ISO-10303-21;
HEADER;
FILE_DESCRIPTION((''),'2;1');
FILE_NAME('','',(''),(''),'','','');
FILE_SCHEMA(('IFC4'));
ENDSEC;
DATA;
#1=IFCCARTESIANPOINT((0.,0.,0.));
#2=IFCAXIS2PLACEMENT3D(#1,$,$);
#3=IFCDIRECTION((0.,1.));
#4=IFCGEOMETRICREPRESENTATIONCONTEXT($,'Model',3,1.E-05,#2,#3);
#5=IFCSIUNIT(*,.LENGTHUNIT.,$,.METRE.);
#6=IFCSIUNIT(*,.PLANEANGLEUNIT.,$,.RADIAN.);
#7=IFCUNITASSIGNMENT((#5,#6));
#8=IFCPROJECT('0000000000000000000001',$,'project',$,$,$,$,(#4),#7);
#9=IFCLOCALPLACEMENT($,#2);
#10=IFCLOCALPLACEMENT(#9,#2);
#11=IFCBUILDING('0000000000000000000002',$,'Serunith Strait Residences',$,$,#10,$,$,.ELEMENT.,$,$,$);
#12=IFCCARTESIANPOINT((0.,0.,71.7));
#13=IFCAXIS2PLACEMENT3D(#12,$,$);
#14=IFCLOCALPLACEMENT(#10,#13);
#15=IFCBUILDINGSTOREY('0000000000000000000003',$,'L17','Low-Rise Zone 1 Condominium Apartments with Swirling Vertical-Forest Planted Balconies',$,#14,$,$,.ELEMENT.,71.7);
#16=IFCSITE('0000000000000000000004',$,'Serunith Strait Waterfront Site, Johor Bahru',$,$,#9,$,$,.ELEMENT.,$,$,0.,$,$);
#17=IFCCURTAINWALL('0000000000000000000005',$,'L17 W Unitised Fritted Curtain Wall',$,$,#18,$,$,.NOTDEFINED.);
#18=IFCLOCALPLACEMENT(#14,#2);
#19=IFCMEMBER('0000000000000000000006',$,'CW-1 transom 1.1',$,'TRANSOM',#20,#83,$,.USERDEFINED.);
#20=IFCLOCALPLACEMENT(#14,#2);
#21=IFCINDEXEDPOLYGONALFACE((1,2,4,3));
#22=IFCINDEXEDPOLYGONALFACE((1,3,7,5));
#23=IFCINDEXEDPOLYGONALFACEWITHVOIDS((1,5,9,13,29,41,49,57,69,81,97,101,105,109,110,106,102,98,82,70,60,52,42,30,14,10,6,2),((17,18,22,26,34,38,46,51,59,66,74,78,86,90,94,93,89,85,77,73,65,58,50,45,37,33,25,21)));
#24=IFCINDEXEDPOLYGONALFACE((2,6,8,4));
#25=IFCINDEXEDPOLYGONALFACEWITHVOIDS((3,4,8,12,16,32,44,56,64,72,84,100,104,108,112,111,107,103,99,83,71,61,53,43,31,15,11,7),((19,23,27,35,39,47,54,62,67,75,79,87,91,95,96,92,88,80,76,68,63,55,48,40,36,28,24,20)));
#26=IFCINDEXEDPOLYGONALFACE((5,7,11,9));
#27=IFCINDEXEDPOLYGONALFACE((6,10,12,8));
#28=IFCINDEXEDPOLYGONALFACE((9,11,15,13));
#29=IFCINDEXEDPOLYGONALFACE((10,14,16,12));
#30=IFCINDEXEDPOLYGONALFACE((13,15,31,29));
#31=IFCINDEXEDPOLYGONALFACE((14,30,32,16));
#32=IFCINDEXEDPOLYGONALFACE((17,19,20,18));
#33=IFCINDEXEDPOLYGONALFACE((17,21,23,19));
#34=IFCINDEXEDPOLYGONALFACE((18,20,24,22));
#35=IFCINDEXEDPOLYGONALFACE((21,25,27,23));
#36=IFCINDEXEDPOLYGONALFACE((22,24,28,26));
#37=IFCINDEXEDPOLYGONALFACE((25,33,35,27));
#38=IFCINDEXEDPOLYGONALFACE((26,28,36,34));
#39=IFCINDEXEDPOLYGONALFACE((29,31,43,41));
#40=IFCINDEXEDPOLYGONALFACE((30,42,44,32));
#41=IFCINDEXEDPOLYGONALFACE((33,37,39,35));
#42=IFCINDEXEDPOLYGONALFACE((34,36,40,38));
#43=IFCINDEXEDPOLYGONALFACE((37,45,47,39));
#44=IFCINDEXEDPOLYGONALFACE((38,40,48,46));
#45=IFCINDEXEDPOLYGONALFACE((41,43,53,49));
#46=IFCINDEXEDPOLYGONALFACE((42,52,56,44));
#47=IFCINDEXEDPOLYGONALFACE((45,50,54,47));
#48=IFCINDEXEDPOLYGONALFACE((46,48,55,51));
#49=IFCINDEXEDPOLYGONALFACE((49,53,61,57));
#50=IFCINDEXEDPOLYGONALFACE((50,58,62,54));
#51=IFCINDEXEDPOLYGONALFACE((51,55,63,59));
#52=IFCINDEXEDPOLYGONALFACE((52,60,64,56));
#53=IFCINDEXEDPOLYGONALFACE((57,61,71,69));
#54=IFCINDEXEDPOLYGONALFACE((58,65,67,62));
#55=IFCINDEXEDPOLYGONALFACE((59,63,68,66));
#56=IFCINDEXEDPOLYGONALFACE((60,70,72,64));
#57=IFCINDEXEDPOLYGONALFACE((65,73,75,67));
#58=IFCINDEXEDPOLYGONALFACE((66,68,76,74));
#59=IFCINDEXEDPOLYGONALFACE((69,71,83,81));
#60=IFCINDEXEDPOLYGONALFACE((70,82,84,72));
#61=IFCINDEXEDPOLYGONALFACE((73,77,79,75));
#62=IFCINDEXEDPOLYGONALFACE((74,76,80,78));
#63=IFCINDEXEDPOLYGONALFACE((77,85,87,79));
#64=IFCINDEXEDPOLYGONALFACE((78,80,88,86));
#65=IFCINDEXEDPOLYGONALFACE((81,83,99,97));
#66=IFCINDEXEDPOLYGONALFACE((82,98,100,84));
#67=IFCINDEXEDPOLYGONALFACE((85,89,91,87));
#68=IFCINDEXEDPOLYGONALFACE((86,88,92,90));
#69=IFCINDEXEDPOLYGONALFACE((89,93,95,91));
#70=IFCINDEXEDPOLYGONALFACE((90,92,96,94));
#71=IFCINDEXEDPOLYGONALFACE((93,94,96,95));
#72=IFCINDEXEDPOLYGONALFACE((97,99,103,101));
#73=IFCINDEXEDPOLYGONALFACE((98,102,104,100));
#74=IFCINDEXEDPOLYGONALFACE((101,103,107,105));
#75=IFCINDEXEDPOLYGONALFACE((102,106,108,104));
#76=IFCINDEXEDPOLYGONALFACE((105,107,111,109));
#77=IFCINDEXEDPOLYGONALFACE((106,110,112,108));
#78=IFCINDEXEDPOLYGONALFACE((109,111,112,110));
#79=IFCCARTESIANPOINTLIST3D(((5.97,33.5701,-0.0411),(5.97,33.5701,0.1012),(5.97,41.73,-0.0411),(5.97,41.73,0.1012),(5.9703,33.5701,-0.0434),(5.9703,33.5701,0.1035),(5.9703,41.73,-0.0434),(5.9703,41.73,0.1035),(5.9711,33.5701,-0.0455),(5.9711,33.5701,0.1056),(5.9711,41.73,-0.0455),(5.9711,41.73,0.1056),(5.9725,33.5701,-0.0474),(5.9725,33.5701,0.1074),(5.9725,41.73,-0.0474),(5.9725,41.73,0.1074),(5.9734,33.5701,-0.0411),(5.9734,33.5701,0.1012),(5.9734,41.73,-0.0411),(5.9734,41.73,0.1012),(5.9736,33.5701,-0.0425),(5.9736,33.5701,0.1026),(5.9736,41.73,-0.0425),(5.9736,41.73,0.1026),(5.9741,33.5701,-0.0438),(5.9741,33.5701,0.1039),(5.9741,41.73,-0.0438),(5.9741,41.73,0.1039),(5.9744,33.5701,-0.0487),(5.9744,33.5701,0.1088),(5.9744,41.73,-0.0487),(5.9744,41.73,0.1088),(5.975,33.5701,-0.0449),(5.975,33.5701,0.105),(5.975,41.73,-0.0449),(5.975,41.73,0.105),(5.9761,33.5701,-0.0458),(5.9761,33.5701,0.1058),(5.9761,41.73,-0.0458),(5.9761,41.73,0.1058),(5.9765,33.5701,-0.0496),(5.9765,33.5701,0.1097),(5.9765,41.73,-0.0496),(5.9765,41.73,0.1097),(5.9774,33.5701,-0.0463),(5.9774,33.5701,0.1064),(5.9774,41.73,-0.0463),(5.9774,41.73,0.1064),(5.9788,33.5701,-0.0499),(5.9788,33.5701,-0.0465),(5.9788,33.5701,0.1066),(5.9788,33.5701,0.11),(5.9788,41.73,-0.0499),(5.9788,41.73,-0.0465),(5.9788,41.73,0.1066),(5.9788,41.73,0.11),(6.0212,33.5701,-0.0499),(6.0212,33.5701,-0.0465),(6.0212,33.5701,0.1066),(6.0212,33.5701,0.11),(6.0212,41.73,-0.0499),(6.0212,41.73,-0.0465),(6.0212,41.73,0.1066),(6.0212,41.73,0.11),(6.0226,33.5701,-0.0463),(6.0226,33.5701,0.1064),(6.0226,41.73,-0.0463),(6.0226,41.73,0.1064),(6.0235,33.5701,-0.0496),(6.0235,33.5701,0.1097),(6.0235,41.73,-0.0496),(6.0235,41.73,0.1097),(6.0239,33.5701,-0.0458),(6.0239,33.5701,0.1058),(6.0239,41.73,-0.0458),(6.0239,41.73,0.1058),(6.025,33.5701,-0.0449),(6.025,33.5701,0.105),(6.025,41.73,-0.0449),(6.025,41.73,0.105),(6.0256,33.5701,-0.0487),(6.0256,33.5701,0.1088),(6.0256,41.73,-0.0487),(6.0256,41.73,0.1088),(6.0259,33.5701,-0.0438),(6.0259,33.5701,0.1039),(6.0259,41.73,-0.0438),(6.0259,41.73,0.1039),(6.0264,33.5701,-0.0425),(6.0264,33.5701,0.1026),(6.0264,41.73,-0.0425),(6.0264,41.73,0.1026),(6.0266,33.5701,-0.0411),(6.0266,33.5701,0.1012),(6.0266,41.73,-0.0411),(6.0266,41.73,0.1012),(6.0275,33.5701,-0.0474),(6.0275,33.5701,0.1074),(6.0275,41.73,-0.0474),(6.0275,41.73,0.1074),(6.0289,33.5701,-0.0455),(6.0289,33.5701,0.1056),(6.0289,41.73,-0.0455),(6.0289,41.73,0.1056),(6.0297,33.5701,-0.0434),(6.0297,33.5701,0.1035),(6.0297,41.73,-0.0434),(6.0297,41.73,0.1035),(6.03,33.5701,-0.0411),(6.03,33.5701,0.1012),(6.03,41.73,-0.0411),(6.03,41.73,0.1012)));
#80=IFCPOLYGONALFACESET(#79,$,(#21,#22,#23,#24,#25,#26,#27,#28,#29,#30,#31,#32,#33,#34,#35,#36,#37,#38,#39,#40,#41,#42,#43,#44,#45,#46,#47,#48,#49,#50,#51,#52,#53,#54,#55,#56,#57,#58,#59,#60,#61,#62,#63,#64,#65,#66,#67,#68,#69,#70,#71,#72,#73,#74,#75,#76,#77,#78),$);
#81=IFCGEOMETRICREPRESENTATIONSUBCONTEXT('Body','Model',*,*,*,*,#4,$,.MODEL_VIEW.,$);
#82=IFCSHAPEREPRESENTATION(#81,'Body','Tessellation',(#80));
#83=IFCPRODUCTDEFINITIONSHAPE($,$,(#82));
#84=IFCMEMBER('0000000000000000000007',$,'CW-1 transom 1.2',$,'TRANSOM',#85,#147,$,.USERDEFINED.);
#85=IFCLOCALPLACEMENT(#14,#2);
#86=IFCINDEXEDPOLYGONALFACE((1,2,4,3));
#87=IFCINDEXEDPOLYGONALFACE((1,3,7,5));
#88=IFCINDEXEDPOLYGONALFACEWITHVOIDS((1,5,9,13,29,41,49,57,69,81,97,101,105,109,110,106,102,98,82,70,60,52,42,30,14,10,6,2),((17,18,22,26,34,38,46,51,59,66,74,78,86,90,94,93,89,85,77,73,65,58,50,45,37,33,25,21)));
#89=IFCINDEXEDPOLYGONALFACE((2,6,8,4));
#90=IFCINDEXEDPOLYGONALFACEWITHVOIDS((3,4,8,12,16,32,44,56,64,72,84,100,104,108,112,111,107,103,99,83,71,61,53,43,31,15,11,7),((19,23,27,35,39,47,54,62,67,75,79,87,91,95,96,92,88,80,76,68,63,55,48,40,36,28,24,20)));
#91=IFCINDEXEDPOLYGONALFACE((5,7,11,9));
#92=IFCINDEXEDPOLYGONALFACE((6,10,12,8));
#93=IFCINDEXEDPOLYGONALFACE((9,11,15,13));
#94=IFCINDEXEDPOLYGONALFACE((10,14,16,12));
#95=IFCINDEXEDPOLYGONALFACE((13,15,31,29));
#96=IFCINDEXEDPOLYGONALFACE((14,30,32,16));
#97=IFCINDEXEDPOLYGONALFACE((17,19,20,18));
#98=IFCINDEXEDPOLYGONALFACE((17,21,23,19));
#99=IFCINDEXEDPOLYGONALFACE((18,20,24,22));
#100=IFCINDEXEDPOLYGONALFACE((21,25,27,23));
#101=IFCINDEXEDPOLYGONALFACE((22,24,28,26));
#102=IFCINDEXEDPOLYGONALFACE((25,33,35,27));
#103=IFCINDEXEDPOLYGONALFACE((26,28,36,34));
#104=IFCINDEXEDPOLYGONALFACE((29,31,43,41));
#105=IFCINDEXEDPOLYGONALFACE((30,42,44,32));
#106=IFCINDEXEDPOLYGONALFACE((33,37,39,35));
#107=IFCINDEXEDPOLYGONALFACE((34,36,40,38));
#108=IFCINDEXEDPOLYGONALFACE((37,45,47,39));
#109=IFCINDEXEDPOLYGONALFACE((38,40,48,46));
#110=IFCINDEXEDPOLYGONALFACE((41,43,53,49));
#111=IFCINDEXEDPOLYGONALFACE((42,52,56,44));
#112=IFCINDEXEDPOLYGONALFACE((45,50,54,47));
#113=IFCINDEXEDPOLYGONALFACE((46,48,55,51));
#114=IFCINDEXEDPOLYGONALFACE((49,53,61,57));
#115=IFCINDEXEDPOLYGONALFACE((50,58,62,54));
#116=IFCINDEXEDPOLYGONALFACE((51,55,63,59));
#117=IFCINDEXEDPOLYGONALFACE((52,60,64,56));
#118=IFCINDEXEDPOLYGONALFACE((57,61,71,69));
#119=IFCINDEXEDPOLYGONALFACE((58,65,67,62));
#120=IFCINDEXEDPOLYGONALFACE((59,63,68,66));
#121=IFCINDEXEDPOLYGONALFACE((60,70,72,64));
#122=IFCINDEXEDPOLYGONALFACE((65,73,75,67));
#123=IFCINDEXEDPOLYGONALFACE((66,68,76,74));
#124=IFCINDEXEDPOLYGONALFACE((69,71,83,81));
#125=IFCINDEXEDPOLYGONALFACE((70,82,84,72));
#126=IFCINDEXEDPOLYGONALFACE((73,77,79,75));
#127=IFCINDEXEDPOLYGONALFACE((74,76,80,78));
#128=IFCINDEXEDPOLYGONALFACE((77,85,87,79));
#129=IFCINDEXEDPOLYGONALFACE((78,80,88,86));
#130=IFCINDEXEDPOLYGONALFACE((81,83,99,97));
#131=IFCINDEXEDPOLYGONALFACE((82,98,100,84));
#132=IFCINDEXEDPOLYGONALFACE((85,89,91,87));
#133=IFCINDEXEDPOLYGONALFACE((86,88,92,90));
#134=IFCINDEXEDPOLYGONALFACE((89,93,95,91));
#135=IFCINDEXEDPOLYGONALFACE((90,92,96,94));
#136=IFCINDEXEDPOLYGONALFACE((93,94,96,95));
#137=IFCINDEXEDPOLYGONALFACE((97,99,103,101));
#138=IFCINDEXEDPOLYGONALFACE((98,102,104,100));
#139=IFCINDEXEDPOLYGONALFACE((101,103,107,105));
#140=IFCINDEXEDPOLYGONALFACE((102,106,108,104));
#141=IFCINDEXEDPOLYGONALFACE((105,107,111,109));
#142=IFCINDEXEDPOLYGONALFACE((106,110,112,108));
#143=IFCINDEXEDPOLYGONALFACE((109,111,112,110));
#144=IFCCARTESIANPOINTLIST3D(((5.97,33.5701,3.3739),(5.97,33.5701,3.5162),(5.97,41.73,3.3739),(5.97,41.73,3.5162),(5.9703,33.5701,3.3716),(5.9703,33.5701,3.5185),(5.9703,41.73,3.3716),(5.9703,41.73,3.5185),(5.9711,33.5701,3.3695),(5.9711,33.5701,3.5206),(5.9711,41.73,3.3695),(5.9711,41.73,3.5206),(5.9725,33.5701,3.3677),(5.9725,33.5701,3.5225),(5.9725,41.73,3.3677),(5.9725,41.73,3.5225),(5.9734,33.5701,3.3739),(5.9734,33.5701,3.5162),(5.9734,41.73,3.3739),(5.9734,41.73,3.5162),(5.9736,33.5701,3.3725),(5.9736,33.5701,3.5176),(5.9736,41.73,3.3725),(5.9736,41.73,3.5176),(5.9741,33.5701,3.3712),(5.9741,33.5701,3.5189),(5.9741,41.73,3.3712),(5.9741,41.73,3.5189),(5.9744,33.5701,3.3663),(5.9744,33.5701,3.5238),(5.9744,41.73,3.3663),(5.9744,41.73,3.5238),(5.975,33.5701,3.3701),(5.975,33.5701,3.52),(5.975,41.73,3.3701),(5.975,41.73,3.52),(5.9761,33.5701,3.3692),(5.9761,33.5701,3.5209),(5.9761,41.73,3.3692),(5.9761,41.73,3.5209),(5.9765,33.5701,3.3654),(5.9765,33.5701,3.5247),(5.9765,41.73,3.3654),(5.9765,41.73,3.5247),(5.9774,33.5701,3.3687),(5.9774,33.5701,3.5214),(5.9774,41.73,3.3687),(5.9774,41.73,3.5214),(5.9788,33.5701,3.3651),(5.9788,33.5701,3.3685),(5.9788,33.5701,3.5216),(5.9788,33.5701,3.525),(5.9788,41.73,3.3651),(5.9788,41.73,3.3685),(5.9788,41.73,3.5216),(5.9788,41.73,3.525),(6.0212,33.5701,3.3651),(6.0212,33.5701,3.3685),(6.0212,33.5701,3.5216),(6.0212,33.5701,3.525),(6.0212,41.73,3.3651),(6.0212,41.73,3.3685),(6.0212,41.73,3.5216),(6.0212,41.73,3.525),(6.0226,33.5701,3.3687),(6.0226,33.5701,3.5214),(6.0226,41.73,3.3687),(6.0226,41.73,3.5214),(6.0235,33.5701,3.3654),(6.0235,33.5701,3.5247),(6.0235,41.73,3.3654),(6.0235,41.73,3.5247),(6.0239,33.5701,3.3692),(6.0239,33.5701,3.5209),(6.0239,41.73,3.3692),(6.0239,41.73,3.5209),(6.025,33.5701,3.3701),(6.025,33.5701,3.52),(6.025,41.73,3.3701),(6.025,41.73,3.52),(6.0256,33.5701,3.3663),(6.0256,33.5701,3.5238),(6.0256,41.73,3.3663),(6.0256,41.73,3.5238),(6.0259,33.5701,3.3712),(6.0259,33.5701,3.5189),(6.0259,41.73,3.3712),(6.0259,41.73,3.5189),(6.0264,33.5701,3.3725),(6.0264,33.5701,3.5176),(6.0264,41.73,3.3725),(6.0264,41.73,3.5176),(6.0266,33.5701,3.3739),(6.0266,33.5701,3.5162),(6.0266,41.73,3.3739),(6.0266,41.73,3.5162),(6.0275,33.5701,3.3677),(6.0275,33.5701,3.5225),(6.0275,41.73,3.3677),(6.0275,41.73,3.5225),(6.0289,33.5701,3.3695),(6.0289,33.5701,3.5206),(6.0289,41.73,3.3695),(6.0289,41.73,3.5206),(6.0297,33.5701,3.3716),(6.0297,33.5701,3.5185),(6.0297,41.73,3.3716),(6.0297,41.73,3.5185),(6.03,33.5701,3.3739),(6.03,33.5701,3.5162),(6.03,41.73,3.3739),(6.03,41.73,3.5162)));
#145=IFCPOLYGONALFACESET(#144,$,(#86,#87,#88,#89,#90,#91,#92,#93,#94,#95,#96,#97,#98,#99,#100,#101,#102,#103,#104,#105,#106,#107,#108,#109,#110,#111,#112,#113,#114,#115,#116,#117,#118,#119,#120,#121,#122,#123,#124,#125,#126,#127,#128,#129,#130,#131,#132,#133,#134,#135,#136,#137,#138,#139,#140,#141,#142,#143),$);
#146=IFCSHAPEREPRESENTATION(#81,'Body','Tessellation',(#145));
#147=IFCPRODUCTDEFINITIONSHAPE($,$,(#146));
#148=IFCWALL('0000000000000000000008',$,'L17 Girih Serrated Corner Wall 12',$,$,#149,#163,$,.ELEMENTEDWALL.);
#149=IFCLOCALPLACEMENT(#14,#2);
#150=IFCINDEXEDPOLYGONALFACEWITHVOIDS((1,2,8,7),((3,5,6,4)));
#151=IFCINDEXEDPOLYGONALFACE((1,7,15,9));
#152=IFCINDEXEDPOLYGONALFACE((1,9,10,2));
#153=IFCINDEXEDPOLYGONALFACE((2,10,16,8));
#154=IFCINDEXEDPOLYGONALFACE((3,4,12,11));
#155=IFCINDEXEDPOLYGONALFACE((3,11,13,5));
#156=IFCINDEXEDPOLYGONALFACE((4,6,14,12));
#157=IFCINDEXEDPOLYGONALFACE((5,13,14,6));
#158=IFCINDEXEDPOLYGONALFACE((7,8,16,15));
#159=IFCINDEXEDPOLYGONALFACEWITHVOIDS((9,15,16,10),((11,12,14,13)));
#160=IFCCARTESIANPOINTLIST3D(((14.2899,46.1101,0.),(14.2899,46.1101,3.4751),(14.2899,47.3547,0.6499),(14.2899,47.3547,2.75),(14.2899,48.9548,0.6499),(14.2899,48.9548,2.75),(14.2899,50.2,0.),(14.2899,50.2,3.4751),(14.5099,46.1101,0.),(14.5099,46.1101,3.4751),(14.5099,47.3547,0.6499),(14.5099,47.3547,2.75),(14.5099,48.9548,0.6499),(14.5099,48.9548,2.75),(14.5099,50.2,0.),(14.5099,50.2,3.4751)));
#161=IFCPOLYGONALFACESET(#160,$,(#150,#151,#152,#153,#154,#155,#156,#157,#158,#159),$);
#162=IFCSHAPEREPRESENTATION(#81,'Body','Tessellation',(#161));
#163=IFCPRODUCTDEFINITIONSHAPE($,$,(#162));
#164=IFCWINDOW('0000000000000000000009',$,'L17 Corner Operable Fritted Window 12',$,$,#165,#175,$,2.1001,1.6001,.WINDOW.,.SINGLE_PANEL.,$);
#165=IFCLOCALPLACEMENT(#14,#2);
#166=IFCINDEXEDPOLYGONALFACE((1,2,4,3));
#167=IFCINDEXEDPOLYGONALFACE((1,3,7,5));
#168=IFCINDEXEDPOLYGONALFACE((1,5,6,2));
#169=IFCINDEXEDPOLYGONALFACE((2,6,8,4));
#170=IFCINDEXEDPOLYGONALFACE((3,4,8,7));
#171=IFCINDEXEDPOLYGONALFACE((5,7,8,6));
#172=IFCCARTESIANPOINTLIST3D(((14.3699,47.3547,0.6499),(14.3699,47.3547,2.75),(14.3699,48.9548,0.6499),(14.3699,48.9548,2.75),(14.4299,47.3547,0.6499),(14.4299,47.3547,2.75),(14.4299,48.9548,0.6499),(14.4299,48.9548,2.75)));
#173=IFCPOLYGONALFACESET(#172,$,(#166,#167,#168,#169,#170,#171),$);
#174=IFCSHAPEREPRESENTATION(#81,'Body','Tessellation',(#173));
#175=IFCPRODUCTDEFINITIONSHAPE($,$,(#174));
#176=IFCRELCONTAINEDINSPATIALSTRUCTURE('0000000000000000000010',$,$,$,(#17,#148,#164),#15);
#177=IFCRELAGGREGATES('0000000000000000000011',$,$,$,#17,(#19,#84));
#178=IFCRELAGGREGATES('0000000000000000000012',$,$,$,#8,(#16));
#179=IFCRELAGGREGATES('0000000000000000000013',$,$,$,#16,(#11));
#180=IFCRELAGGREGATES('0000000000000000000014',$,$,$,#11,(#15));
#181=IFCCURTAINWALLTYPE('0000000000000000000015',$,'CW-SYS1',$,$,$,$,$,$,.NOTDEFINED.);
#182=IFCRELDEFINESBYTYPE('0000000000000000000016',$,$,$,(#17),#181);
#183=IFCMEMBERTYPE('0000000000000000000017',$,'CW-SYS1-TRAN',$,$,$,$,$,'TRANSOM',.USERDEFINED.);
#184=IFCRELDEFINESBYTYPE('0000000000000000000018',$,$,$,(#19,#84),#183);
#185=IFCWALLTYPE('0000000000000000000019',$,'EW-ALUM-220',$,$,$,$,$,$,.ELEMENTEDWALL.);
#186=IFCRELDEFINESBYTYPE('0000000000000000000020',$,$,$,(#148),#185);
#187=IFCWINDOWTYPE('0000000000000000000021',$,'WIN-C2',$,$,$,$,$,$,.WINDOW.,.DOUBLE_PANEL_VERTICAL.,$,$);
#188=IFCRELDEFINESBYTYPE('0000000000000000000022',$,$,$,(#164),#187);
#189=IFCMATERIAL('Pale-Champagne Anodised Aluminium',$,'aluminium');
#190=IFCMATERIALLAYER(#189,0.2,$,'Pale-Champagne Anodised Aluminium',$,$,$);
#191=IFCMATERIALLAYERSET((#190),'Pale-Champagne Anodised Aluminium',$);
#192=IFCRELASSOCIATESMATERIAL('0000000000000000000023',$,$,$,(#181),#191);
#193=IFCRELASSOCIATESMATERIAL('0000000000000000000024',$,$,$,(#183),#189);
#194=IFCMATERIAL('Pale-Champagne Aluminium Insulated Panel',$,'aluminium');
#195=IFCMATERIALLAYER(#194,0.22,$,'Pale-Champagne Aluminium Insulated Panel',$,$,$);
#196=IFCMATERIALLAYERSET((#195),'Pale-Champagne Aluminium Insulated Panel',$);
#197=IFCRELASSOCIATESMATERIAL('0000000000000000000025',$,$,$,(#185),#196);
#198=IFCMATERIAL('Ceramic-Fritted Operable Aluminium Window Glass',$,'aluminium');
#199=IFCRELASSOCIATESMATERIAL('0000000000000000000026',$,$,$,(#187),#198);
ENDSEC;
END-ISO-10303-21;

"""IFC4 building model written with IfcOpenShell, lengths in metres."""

from ifc_helpers import new_model, si_unit, direction, frame, frame_2d, origin, origin_2d, place, context, subcontext, project, spatial, rectangle, hollow_rectangle, extrude, source, transform, mapped, material, layer, layer_set, material_profile, profile_set, type_object, element, fill, aggregate, save


model = new_model("IFC4")

# Units and contexts
model_context = context("Model", 3, precision=1e-05, world=origin(), true_north=direction((0.0, 1.0)))
body_context = subcontext(model_context, "Body", "Model", "MODEL_VIEW")
ifc_project = project(units=[si_unit("LENGTHUNIT", "METRE"), si_unit("PLANEANGLEUNIT", "RADIAN")], contexts=[model_context])

# Site, building, storey
site_placement = place(None, origin())
site = spatial("IfcSite", under=ifc_project, at=site_placement, Name="Serunith Strait Waterfront Site, Johor Bahru", CompositionType="ELEMENT", RefElevation=0.0)
building_placement = place(site_placement, origin())
building = spatial("IfcBuilding", under=site, at=building_placement, Name="Serunith Strait Residences", CompositionType="ELEMENT")
storey_placement = place(building_placement, frame((0.0, 0.0, 71.7)))
storey = spatial("IfcBuildingStorey", under=building, at=storey_placement, Name="L17", Description="Low-Rise Zone 1 Condominium Apartments with Swirling Vertical-Forest Planted Balconies", CompositionType="ELEMENT", Elevation=71.7)

# Shared definitions
ifc_material_1 = material(Name="Pale-Champagne Anodised Aluminium", Category="aluminium")
ifc_layer_1 = layer(ifc_material_1, 0.2, Name="Pale-Champagne Anodised Aluminium")
ifc_layer_set_1 = layer_set([ifc_layer_1], Name="Pale-Champagne Anodised Aluminium")
curtain_wall_type = type_object("IfcCurtainWallType", Name="CW-SYS1", PredefinedType="NOTDEFINED", material=ifc_layer_set_1)

# Curtain wall, members
curtain_wall_1_placement = place(storey_placement, origin())
curtain_wall_1 = element("IfcCurtainWall", 1, at=curtain_wall_1_placement, inside=storey, type_object=curtain_wall_type, Name="L17 W Unitised Fritted Curtain Wall", PredefinedType="NOTDEFINED")
ifc_material_profile_1 = material_profile(ifc_material_1, hollow_rectangle(XDim=0.0601, YDim=0.1599, WallThickness=0.0034, InnerFilletRadius=0.0054, OuterFilletRadius=0.0088, at=origin_2d()), Name="ALU 160x60x3.5")
ifc_profile_set_1 = profile_set([ifc_material_profile_1], Name="Pale-Champagne Anodised Aluminium")
member_type_1 = type_object("IfcMemberType", Name="CW-SYS1-TRAN", ElementType="TRANSOM", PredefinedType="USERDEFINED", material=ifc_profile_set_1)
shared_shape_1 = source(origin(), body_context, "Body", "SweptSolid", [
    extrude(hollow_rectangle(XDim=0.0601, YDim=0.1599, WallThickness=0.0034, InnerFilletRadius=0.0054, OuterFilletRadius=0.0088, at=origin_2d()), origin(), (0.0, 0.0, 1.0), 8.1599),
])
member_1_placement = place(storey_placement, frame((6.0, 41.73, 0.03), z_axis=(0.0, -1.0, 0.0), x_axis=(1.0, 0.0, 0.0)))
member_1 = element("IfcMember", 2, at=member_1_placement, type_object=member_type_1, Name="CW-1 transom 1.1", ObjectType="TRANSOM", PredefinedType="USERDEFINED", context=body_context, shape_type="MappedRepresentation", body=[
    mapped(shared_shape_1, transform((0.0, 0.0, 0.0), scale=1.0)),
])
member_2_placement = place(storey_placement, frame((6.0, 41.73, 3.4451), z_axis=(0.0, -1.0, 0.0), x_axis=(1.0, 0.0, 0.0)))
member_2 = element("IfcMember", 3, at=member_2_placement, type_object=member_type_1, Name="CW-1 transom 1.2", ObjectType="TRANSOM", PredefinedType="USERDEFINED", context=body_context, shape_type="MappedRepresentation", body=[
    mapped(shared_shape_1, transform((0.0, 0.0, 0.0), scale=1.0)),
])
aggregate(curtain_wall_1, [member_1, member_2])

# Wall, opening, window
ifc_material_2 = material(Name="Pale-Champagne Aluminium Insulated Panel", Category="aluminium")
ifc_layer_2 = layer(ifc_material_2, 0.22, Name="Pale-Champagne Aluminium Insulated Panel")
ifc_layer_set_2 = layer_set([ifc_layer_2], Name="Pale-Champagne Aluminium Insulated Panel")
wall_type_1 = type_object("IfcWallType", Name="EW-ALUM-220", PredefinedType="ELEMENTEDWALL", material=ifc_layer_set_2)
wall_1_placement = place(storey_placement, frame((14.3999, 50.2, 0.0), z_axis=(0.0, 0.0, 1.0), x_axis=(0.0, -1.0, 0.0)))
wall_1 = element("IfcWall", 4, at=wall_1_placement, inside=storey, type_object=wall_type_1, Name="L17 Girih Serrated Corner Wall 12", PredefinedType="ELEMENTEDWALL", context=body_context, shape_type="SweptSolid", body=[
    extrude(rectangle(XDim=4.0898, YDim=0.22, at=frame_2d((2.0449, 0.0))), origin(), (0.0, 0.0, 1.0), 3.4751),
])
opening_1_placement = place(wall_1_placement, frame((1.2451, 0.0, 0.6499)))
opening_1 = element("IfcOpeningElement", 5, at=opening_1_placement, cuts=wall_1, PredefinedType="OPENING", context=body_context, shape_type="SweptSolid", body=[
    extrude(rectangle(XDim=1.6001, YDim=2.1001, at=frame_2d((0.8, 1.05))), frame((0.0, 0.1201, 0.0), z_axis=(0.0, -1.0, 0.0), x_axis=(1.0, 0.0, 0.0)), (0.0, 0.0, 1.0), 0.24),
])
ifc_material_3 = material(Name="Ceramic-Fritted Operable Aluminium Window Glass", Category="aluminium")
window_type = type_object("IfcWindowType", Name="WIN-C2", PartitioningType="DOUBLE_PANEL_VERTICAL", PredefinedType="WINDOW", material=ifc_material_3)
shared_shape_2 = source(origin(), body_context, "Body", "SweptSolid", [
    extrude(rectangle(XDim=1.6001, YDim=2.1001, at=frame_2d((0.8, 1.05))), frame((0.0, 0.03, 0.0), z_axis=(0.0, -1.0, 0.0), x_axis=(1.0, 0.0, 0.0)), (0.0, 0.0, 1.0), 0.0601),
])
window_1_placement = place(opening_1_placement, origin())
window_1 = element("IfcWindow", 6, at=window_1_placement, inside=storey, type_object=window_type, Name="L17 Corner Operable Fritted Window 12", OverallHeight=2.1001, OverallWidth=1.6001, PartitioningType="SINGLE_PANEL", PredefinedType="WINDOW", context=body_context, shape_type="MappedRepresentation", body=[
    mapped(shared_shape_2, transform((0.0, 0.0, 0.0), scale=1.0)),
])
fill(opening_1, window_1)

save(model, "model.ifc")
